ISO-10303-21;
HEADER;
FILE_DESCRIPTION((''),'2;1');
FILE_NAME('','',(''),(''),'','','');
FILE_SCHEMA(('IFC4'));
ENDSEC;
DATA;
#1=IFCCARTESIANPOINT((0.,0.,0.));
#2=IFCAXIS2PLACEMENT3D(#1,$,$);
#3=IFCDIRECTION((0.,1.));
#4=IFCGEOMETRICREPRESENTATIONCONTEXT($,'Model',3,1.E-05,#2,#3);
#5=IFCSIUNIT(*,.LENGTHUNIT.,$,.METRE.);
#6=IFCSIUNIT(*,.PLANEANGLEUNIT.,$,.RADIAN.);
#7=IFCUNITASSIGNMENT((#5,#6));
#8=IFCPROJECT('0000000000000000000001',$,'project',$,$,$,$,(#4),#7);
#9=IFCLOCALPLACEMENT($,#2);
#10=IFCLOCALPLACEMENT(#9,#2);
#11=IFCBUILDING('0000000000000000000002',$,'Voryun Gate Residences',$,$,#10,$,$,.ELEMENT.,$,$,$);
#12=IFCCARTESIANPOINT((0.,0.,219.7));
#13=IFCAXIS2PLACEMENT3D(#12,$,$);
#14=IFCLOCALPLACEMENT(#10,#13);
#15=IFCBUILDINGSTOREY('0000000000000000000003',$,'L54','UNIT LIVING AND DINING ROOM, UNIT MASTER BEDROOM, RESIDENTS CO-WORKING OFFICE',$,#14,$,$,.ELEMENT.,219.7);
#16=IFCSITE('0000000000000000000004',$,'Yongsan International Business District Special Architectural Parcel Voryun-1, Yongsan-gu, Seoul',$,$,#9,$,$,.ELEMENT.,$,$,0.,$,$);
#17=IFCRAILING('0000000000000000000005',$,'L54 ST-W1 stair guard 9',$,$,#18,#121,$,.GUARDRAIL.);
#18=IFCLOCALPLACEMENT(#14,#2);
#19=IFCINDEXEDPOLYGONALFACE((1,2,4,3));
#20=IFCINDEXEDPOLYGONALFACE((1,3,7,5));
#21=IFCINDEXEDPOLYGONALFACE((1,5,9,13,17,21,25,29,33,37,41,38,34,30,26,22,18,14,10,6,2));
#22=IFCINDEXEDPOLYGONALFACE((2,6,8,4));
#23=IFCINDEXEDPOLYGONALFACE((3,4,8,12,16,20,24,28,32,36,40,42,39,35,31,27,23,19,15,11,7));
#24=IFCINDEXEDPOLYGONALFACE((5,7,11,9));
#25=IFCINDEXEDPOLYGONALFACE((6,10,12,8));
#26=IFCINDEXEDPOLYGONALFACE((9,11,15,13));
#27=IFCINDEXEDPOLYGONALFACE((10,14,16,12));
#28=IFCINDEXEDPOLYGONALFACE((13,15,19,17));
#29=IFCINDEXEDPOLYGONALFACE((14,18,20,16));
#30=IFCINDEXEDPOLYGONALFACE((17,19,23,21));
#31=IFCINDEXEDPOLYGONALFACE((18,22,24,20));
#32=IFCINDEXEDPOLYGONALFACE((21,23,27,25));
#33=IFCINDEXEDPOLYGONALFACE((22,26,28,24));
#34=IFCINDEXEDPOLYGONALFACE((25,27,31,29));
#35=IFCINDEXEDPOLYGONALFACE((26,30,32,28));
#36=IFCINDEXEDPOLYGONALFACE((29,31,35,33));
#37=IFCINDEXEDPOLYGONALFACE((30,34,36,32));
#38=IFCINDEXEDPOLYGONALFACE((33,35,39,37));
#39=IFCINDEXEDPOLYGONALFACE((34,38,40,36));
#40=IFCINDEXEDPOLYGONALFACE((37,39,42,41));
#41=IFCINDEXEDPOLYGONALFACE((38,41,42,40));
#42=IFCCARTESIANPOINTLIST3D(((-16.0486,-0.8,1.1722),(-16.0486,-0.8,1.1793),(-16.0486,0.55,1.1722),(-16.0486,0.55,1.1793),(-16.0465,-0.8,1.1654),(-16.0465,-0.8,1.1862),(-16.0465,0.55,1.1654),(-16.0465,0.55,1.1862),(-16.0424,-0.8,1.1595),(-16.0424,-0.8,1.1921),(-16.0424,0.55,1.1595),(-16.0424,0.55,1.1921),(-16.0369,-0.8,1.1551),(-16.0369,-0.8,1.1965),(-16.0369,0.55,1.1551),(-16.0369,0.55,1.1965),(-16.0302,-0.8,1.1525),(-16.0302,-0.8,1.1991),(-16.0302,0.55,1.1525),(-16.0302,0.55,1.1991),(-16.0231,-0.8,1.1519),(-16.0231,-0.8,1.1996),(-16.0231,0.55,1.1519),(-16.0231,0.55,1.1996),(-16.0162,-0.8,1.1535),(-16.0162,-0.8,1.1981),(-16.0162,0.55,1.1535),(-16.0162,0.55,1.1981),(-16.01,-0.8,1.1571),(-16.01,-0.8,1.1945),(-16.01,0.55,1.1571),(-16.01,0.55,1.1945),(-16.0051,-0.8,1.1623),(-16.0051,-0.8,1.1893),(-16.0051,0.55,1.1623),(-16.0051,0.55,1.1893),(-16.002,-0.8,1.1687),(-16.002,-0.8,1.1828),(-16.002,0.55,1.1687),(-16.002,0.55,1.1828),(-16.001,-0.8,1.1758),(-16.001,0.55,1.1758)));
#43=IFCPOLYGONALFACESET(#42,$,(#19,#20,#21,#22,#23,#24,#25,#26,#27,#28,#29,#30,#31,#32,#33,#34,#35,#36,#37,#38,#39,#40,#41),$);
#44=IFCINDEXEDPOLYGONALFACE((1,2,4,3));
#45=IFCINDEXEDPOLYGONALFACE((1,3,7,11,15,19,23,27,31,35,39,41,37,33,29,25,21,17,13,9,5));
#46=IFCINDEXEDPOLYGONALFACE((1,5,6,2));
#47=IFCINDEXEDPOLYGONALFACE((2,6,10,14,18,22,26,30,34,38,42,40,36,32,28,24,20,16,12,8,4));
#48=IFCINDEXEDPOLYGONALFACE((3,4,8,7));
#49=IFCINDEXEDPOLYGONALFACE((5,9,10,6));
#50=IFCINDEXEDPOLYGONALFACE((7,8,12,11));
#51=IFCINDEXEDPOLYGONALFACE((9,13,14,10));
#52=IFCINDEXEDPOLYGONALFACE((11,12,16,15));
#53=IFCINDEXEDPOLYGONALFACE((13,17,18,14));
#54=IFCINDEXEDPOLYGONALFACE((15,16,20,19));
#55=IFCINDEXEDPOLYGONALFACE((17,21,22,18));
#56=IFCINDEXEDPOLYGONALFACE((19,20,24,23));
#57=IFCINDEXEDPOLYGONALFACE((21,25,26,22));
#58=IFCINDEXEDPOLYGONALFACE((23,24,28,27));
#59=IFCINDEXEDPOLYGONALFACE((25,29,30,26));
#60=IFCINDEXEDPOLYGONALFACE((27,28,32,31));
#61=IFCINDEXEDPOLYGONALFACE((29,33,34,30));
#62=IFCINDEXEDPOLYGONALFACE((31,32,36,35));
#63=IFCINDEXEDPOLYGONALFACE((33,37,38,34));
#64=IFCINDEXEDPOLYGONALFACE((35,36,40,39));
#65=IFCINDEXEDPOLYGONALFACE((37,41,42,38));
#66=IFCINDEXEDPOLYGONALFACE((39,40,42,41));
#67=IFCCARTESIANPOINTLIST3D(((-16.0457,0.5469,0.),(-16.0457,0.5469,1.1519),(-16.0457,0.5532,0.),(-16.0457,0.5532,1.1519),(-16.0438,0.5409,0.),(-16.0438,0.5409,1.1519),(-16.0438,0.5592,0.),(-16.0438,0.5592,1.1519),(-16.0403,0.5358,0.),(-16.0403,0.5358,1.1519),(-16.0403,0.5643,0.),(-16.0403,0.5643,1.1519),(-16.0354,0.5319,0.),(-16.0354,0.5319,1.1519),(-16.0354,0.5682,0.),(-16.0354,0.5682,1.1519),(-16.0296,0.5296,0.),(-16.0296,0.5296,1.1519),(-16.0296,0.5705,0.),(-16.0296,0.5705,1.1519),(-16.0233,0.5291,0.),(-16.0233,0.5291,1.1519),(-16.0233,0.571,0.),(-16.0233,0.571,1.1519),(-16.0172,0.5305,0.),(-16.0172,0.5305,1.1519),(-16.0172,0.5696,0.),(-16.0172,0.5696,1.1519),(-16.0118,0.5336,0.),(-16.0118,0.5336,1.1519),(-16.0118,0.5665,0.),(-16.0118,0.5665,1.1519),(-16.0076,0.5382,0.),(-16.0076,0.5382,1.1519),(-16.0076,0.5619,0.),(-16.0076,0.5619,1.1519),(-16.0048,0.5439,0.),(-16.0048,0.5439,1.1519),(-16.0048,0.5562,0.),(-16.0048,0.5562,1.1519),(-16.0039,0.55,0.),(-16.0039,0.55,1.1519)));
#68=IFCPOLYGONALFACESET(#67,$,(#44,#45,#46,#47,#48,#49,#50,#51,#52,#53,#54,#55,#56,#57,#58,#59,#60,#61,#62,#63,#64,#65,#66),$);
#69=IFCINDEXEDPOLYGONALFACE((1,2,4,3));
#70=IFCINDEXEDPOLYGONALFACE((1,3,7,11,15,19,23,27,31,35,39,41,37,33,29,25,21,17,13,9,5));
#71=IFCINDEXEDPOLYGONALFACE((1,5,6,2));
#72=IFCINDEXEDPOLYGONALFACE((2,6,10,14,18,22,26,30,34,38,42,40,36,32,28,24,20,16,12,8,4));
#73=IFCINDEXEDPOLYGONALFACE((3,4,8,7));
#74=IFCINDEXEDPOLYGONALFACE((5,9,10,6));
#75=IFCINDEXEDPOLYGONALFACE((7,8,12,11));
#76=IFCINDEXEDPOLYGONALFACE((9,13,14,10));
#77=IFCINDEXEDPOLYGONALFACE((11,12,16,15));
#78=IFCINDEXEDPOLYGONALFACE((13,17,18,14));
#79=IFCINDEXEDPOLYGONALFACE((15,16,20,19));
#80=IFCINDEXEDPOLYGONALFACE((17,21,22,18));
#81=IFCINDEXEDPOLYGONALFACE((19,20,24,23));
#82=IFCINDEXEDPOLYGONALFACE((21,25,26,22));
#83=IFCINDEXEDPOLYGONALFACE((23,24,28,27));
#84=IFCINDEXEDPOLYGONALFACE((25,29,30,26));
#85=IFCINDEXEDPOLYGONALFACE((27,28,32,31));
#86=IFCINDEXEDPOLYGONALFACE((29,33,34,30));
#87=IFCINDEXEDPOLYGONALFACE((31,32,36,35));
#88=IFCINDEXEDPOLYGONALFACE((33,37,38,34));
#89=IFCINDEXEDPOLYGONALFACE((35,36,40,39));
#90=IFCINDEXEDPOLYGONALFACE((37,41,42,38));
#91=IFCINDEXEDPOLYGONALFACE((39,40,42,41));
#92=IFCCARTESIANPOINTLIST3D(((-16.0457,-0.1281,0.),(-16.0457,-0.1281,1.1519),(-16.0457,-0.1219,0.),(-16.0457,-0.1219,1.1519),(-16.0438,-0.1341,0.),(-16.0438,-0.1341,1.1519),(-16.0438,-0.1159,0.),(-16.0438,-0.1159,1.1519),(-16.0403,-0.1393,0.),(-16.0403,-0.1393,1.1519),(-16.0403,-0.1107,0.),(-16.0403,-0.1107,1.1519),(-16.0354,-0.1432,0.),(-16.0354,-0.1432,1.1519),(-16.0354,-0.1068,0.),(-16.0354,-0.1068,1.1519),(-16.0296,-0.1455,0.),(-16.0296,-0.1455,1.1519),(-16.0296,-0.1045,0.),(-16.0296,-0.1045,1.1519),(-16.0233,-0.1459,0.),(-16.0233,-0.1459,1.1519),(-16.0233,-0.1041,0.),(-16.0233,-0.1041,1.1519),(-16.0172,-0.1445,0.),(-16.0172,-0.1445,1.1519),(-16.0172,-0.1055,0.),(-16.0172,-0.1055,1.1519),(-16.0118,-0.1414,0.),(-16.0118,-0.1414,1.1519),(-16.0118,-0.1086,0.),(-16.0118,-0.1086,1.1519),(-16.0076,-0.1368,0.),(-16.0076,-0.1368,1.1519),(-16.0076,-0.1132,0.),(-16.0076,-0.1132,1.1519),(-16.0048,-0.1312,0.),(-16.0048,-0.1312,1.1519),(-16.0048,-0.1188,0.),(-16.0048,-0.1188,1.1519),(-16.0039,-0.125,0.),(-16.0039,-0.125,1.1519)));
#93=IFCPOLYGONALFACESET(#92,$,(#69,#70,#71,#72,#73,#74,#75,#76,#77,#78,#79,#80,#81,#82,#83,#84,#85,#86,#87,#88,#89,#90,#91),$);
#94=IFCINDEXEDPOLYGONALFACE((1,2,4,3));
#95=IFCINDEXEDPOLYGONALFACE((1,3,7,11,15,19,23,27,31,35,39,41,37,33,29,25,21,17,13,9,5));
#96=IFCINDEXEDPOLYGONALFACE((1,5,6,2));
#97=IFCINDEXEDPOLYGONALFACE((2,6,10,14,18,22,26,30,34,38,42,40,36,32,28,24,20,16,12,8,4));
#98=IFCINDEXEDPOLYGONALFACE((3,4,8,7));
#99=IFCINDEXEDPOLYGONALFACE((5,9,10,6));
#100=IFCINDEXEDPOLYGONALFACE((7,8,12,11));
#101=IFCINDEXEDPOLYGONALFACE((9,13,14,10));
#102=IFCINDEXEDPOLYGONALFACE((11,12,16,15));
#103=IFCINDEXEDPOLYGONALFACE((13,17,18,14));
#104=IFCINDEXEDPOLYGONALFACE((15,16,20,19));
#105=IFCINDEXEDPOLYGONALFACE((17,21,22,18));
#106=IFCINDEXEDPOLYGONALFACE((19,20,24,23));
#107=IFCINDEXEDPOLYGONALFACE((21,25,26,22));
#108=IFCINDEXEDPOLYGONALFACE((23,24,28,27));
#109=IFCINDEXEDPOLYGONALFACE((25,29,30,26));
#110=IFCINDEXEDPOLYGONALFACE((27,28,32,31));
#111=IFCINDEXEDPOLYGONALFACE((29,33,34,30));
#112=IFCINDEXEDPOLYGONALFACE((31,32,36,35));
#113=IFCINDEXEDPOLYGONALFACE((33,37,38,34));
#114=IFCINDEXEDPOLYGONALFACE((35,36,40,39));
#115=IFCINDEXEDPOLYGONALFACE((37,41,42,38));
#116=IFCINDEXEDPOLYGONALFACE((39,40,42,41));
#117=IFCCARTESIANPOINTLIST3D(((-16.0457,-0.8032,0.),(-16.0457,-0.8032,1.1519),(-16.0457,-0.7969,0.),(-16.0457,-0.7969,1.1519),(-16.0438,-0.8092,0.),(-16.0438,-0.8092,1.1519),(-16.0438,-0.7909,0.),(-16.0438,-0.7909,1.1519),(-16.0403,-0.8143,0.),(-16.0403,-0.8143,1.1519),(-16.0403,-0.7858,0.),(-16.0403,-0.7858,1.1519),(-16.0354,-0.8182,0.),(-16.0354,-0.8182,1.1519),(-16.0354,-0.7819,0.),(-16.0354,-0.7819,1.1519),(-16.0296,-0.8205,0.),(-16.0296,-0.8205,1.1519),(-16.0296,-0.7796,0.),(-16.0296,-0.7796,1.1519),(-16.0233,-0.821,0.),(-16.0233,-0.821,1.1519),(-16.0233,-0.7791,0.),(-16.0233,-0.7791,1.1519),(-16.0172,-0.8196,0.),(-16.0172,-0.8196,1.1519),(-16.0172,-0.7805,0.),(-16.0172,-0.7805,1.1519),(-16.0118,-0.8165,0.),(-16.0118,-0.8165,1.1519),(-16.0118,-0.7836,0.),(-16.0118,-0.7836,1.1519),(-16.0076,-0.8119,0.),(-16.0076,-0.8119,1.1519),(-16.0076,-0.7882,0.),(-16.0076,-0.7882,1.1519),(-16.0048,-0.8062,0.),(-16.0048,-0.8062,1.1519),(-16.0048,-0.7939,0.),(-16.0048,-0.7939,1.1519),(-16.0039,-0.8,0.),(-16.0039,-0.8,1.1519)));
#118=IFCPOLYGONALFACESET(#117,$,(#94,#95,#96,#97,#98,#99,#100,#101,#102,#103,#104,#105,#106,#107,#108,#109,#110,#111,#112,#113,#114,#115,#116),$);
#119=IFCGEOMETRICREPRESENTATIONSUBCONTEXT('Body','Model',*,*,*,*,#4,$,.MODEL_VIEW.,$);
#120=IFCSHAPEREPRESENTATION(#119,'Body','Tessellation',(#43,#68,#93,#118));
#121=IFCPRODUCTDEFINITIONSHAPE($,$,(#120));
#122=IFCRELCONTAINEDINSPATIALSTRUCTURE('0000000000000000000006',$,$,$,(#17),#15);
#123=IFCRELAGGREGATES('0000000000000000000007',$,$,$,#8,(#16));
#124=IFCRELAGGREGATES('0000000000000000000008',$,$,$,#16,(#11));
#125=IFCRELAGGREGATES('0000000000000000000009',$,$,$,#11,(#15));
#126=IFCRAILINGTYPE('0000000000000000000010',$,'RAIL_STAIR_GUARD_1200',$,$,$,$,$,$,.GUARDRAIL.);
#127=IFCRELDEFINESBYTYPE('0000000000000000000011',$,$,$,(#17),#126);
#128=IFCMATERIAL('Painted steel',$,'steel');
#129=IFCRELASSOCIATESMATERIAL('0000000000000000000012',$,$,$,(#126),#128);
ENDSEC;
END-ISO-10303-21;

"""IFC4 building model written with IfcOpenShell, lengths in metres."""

from ifc_helpers import new_model, si_unit, direction, frame, origin, origin_2d, place, context, subcontext, project, spatial, circle, extrude, material, type_object, element, save


model = new_model("IFC4")

# Units and contexts
model_context = context("Model", 3, precision=1e-05, world=origin(), true_north=direction((0.0, 1.0)))
body_context = subcontext(model_context, "Body", "Model", "MODEL_VIEW")
ifc_project = project(units=[si_unit("LENGTHUNIT", "METRE"), si_unit("PLANEANGLEUNIT", "RADIAN")], contexts=[model_context])

# Site, building, storey
site_placement = place(None, origin())
site = spatial("IfcSite", under=ifc_project, at=site_placement, Name="Yongsan International Business District Special Architectural Parcel Voryun-1, Yongsan-gu, Seoul", CompositionType="ELEMENT", RefElevation=0.0)
building_placement = place(site_placement, origin())
building = spatial("IfcBuilding", under=site, at=building_placement, Name="Voryun Gate Residences", CompositionType="ELEMENT")
storey_placement = place(building_placement, frame((0.0, 0.0, 219.7)))
storey = spatial("IfcBuildingStorey", under=building, at=storey_placement, Name="L54", Description="UNIT LIVING AND DINING ROOM, UNIT MASTER BEDROOM, RESIDENTS CO-WORKING OFFICE", CompositionType="ELEMENT", Elevation=219.7)

# Railing
ifc_material_1 = material(Name="Painted steel", Category="steel")
railing_type = type_object("IfcRailingType", Name="RAIL_STAIR_GUARD_1200", PredefinedType="GUARDRAIL", material=ifc_material_1)
railing_1_placement = place(storey_placement, frame((-16.0249, 0.55, 0.0)))
element("IfcRailing", 1, at=railing_1_placement, inside=storey, type_object=railing_type, Name="L54 ST-W1 stair guard 9", PredefinedType="GUARDRAIL", context=body_context, shape_type="SweptSolid", body=[
    extrude(circle(Radius=0.0239, at=origin_2d()), frame((0.0, 0.0, 1.1758), z_axis=(0.0, -1.0, 0.0), x_axis=(1.0, 0.0, 0.0)), (0.0, 0.0, 1.0), 1.3501),
    extrude(circle(Radius=0.021, at=origin_2d()), origin(), (0.0, 0.0, 1.0), 1.1519),
    extrude(circle(Radius=0.021, at=origin_2d()), frame((0.0, -0.675, 0.0)), (0.0, 0.0, 1.0), 1.1519),
    extrude(circle(Radius=0.021, at=origin_2d()), frame((0.0, -1.3501, 0.0)), (0.0, 0.0, 1.0), 1.1519),
])

save(model, "model.ifc")
